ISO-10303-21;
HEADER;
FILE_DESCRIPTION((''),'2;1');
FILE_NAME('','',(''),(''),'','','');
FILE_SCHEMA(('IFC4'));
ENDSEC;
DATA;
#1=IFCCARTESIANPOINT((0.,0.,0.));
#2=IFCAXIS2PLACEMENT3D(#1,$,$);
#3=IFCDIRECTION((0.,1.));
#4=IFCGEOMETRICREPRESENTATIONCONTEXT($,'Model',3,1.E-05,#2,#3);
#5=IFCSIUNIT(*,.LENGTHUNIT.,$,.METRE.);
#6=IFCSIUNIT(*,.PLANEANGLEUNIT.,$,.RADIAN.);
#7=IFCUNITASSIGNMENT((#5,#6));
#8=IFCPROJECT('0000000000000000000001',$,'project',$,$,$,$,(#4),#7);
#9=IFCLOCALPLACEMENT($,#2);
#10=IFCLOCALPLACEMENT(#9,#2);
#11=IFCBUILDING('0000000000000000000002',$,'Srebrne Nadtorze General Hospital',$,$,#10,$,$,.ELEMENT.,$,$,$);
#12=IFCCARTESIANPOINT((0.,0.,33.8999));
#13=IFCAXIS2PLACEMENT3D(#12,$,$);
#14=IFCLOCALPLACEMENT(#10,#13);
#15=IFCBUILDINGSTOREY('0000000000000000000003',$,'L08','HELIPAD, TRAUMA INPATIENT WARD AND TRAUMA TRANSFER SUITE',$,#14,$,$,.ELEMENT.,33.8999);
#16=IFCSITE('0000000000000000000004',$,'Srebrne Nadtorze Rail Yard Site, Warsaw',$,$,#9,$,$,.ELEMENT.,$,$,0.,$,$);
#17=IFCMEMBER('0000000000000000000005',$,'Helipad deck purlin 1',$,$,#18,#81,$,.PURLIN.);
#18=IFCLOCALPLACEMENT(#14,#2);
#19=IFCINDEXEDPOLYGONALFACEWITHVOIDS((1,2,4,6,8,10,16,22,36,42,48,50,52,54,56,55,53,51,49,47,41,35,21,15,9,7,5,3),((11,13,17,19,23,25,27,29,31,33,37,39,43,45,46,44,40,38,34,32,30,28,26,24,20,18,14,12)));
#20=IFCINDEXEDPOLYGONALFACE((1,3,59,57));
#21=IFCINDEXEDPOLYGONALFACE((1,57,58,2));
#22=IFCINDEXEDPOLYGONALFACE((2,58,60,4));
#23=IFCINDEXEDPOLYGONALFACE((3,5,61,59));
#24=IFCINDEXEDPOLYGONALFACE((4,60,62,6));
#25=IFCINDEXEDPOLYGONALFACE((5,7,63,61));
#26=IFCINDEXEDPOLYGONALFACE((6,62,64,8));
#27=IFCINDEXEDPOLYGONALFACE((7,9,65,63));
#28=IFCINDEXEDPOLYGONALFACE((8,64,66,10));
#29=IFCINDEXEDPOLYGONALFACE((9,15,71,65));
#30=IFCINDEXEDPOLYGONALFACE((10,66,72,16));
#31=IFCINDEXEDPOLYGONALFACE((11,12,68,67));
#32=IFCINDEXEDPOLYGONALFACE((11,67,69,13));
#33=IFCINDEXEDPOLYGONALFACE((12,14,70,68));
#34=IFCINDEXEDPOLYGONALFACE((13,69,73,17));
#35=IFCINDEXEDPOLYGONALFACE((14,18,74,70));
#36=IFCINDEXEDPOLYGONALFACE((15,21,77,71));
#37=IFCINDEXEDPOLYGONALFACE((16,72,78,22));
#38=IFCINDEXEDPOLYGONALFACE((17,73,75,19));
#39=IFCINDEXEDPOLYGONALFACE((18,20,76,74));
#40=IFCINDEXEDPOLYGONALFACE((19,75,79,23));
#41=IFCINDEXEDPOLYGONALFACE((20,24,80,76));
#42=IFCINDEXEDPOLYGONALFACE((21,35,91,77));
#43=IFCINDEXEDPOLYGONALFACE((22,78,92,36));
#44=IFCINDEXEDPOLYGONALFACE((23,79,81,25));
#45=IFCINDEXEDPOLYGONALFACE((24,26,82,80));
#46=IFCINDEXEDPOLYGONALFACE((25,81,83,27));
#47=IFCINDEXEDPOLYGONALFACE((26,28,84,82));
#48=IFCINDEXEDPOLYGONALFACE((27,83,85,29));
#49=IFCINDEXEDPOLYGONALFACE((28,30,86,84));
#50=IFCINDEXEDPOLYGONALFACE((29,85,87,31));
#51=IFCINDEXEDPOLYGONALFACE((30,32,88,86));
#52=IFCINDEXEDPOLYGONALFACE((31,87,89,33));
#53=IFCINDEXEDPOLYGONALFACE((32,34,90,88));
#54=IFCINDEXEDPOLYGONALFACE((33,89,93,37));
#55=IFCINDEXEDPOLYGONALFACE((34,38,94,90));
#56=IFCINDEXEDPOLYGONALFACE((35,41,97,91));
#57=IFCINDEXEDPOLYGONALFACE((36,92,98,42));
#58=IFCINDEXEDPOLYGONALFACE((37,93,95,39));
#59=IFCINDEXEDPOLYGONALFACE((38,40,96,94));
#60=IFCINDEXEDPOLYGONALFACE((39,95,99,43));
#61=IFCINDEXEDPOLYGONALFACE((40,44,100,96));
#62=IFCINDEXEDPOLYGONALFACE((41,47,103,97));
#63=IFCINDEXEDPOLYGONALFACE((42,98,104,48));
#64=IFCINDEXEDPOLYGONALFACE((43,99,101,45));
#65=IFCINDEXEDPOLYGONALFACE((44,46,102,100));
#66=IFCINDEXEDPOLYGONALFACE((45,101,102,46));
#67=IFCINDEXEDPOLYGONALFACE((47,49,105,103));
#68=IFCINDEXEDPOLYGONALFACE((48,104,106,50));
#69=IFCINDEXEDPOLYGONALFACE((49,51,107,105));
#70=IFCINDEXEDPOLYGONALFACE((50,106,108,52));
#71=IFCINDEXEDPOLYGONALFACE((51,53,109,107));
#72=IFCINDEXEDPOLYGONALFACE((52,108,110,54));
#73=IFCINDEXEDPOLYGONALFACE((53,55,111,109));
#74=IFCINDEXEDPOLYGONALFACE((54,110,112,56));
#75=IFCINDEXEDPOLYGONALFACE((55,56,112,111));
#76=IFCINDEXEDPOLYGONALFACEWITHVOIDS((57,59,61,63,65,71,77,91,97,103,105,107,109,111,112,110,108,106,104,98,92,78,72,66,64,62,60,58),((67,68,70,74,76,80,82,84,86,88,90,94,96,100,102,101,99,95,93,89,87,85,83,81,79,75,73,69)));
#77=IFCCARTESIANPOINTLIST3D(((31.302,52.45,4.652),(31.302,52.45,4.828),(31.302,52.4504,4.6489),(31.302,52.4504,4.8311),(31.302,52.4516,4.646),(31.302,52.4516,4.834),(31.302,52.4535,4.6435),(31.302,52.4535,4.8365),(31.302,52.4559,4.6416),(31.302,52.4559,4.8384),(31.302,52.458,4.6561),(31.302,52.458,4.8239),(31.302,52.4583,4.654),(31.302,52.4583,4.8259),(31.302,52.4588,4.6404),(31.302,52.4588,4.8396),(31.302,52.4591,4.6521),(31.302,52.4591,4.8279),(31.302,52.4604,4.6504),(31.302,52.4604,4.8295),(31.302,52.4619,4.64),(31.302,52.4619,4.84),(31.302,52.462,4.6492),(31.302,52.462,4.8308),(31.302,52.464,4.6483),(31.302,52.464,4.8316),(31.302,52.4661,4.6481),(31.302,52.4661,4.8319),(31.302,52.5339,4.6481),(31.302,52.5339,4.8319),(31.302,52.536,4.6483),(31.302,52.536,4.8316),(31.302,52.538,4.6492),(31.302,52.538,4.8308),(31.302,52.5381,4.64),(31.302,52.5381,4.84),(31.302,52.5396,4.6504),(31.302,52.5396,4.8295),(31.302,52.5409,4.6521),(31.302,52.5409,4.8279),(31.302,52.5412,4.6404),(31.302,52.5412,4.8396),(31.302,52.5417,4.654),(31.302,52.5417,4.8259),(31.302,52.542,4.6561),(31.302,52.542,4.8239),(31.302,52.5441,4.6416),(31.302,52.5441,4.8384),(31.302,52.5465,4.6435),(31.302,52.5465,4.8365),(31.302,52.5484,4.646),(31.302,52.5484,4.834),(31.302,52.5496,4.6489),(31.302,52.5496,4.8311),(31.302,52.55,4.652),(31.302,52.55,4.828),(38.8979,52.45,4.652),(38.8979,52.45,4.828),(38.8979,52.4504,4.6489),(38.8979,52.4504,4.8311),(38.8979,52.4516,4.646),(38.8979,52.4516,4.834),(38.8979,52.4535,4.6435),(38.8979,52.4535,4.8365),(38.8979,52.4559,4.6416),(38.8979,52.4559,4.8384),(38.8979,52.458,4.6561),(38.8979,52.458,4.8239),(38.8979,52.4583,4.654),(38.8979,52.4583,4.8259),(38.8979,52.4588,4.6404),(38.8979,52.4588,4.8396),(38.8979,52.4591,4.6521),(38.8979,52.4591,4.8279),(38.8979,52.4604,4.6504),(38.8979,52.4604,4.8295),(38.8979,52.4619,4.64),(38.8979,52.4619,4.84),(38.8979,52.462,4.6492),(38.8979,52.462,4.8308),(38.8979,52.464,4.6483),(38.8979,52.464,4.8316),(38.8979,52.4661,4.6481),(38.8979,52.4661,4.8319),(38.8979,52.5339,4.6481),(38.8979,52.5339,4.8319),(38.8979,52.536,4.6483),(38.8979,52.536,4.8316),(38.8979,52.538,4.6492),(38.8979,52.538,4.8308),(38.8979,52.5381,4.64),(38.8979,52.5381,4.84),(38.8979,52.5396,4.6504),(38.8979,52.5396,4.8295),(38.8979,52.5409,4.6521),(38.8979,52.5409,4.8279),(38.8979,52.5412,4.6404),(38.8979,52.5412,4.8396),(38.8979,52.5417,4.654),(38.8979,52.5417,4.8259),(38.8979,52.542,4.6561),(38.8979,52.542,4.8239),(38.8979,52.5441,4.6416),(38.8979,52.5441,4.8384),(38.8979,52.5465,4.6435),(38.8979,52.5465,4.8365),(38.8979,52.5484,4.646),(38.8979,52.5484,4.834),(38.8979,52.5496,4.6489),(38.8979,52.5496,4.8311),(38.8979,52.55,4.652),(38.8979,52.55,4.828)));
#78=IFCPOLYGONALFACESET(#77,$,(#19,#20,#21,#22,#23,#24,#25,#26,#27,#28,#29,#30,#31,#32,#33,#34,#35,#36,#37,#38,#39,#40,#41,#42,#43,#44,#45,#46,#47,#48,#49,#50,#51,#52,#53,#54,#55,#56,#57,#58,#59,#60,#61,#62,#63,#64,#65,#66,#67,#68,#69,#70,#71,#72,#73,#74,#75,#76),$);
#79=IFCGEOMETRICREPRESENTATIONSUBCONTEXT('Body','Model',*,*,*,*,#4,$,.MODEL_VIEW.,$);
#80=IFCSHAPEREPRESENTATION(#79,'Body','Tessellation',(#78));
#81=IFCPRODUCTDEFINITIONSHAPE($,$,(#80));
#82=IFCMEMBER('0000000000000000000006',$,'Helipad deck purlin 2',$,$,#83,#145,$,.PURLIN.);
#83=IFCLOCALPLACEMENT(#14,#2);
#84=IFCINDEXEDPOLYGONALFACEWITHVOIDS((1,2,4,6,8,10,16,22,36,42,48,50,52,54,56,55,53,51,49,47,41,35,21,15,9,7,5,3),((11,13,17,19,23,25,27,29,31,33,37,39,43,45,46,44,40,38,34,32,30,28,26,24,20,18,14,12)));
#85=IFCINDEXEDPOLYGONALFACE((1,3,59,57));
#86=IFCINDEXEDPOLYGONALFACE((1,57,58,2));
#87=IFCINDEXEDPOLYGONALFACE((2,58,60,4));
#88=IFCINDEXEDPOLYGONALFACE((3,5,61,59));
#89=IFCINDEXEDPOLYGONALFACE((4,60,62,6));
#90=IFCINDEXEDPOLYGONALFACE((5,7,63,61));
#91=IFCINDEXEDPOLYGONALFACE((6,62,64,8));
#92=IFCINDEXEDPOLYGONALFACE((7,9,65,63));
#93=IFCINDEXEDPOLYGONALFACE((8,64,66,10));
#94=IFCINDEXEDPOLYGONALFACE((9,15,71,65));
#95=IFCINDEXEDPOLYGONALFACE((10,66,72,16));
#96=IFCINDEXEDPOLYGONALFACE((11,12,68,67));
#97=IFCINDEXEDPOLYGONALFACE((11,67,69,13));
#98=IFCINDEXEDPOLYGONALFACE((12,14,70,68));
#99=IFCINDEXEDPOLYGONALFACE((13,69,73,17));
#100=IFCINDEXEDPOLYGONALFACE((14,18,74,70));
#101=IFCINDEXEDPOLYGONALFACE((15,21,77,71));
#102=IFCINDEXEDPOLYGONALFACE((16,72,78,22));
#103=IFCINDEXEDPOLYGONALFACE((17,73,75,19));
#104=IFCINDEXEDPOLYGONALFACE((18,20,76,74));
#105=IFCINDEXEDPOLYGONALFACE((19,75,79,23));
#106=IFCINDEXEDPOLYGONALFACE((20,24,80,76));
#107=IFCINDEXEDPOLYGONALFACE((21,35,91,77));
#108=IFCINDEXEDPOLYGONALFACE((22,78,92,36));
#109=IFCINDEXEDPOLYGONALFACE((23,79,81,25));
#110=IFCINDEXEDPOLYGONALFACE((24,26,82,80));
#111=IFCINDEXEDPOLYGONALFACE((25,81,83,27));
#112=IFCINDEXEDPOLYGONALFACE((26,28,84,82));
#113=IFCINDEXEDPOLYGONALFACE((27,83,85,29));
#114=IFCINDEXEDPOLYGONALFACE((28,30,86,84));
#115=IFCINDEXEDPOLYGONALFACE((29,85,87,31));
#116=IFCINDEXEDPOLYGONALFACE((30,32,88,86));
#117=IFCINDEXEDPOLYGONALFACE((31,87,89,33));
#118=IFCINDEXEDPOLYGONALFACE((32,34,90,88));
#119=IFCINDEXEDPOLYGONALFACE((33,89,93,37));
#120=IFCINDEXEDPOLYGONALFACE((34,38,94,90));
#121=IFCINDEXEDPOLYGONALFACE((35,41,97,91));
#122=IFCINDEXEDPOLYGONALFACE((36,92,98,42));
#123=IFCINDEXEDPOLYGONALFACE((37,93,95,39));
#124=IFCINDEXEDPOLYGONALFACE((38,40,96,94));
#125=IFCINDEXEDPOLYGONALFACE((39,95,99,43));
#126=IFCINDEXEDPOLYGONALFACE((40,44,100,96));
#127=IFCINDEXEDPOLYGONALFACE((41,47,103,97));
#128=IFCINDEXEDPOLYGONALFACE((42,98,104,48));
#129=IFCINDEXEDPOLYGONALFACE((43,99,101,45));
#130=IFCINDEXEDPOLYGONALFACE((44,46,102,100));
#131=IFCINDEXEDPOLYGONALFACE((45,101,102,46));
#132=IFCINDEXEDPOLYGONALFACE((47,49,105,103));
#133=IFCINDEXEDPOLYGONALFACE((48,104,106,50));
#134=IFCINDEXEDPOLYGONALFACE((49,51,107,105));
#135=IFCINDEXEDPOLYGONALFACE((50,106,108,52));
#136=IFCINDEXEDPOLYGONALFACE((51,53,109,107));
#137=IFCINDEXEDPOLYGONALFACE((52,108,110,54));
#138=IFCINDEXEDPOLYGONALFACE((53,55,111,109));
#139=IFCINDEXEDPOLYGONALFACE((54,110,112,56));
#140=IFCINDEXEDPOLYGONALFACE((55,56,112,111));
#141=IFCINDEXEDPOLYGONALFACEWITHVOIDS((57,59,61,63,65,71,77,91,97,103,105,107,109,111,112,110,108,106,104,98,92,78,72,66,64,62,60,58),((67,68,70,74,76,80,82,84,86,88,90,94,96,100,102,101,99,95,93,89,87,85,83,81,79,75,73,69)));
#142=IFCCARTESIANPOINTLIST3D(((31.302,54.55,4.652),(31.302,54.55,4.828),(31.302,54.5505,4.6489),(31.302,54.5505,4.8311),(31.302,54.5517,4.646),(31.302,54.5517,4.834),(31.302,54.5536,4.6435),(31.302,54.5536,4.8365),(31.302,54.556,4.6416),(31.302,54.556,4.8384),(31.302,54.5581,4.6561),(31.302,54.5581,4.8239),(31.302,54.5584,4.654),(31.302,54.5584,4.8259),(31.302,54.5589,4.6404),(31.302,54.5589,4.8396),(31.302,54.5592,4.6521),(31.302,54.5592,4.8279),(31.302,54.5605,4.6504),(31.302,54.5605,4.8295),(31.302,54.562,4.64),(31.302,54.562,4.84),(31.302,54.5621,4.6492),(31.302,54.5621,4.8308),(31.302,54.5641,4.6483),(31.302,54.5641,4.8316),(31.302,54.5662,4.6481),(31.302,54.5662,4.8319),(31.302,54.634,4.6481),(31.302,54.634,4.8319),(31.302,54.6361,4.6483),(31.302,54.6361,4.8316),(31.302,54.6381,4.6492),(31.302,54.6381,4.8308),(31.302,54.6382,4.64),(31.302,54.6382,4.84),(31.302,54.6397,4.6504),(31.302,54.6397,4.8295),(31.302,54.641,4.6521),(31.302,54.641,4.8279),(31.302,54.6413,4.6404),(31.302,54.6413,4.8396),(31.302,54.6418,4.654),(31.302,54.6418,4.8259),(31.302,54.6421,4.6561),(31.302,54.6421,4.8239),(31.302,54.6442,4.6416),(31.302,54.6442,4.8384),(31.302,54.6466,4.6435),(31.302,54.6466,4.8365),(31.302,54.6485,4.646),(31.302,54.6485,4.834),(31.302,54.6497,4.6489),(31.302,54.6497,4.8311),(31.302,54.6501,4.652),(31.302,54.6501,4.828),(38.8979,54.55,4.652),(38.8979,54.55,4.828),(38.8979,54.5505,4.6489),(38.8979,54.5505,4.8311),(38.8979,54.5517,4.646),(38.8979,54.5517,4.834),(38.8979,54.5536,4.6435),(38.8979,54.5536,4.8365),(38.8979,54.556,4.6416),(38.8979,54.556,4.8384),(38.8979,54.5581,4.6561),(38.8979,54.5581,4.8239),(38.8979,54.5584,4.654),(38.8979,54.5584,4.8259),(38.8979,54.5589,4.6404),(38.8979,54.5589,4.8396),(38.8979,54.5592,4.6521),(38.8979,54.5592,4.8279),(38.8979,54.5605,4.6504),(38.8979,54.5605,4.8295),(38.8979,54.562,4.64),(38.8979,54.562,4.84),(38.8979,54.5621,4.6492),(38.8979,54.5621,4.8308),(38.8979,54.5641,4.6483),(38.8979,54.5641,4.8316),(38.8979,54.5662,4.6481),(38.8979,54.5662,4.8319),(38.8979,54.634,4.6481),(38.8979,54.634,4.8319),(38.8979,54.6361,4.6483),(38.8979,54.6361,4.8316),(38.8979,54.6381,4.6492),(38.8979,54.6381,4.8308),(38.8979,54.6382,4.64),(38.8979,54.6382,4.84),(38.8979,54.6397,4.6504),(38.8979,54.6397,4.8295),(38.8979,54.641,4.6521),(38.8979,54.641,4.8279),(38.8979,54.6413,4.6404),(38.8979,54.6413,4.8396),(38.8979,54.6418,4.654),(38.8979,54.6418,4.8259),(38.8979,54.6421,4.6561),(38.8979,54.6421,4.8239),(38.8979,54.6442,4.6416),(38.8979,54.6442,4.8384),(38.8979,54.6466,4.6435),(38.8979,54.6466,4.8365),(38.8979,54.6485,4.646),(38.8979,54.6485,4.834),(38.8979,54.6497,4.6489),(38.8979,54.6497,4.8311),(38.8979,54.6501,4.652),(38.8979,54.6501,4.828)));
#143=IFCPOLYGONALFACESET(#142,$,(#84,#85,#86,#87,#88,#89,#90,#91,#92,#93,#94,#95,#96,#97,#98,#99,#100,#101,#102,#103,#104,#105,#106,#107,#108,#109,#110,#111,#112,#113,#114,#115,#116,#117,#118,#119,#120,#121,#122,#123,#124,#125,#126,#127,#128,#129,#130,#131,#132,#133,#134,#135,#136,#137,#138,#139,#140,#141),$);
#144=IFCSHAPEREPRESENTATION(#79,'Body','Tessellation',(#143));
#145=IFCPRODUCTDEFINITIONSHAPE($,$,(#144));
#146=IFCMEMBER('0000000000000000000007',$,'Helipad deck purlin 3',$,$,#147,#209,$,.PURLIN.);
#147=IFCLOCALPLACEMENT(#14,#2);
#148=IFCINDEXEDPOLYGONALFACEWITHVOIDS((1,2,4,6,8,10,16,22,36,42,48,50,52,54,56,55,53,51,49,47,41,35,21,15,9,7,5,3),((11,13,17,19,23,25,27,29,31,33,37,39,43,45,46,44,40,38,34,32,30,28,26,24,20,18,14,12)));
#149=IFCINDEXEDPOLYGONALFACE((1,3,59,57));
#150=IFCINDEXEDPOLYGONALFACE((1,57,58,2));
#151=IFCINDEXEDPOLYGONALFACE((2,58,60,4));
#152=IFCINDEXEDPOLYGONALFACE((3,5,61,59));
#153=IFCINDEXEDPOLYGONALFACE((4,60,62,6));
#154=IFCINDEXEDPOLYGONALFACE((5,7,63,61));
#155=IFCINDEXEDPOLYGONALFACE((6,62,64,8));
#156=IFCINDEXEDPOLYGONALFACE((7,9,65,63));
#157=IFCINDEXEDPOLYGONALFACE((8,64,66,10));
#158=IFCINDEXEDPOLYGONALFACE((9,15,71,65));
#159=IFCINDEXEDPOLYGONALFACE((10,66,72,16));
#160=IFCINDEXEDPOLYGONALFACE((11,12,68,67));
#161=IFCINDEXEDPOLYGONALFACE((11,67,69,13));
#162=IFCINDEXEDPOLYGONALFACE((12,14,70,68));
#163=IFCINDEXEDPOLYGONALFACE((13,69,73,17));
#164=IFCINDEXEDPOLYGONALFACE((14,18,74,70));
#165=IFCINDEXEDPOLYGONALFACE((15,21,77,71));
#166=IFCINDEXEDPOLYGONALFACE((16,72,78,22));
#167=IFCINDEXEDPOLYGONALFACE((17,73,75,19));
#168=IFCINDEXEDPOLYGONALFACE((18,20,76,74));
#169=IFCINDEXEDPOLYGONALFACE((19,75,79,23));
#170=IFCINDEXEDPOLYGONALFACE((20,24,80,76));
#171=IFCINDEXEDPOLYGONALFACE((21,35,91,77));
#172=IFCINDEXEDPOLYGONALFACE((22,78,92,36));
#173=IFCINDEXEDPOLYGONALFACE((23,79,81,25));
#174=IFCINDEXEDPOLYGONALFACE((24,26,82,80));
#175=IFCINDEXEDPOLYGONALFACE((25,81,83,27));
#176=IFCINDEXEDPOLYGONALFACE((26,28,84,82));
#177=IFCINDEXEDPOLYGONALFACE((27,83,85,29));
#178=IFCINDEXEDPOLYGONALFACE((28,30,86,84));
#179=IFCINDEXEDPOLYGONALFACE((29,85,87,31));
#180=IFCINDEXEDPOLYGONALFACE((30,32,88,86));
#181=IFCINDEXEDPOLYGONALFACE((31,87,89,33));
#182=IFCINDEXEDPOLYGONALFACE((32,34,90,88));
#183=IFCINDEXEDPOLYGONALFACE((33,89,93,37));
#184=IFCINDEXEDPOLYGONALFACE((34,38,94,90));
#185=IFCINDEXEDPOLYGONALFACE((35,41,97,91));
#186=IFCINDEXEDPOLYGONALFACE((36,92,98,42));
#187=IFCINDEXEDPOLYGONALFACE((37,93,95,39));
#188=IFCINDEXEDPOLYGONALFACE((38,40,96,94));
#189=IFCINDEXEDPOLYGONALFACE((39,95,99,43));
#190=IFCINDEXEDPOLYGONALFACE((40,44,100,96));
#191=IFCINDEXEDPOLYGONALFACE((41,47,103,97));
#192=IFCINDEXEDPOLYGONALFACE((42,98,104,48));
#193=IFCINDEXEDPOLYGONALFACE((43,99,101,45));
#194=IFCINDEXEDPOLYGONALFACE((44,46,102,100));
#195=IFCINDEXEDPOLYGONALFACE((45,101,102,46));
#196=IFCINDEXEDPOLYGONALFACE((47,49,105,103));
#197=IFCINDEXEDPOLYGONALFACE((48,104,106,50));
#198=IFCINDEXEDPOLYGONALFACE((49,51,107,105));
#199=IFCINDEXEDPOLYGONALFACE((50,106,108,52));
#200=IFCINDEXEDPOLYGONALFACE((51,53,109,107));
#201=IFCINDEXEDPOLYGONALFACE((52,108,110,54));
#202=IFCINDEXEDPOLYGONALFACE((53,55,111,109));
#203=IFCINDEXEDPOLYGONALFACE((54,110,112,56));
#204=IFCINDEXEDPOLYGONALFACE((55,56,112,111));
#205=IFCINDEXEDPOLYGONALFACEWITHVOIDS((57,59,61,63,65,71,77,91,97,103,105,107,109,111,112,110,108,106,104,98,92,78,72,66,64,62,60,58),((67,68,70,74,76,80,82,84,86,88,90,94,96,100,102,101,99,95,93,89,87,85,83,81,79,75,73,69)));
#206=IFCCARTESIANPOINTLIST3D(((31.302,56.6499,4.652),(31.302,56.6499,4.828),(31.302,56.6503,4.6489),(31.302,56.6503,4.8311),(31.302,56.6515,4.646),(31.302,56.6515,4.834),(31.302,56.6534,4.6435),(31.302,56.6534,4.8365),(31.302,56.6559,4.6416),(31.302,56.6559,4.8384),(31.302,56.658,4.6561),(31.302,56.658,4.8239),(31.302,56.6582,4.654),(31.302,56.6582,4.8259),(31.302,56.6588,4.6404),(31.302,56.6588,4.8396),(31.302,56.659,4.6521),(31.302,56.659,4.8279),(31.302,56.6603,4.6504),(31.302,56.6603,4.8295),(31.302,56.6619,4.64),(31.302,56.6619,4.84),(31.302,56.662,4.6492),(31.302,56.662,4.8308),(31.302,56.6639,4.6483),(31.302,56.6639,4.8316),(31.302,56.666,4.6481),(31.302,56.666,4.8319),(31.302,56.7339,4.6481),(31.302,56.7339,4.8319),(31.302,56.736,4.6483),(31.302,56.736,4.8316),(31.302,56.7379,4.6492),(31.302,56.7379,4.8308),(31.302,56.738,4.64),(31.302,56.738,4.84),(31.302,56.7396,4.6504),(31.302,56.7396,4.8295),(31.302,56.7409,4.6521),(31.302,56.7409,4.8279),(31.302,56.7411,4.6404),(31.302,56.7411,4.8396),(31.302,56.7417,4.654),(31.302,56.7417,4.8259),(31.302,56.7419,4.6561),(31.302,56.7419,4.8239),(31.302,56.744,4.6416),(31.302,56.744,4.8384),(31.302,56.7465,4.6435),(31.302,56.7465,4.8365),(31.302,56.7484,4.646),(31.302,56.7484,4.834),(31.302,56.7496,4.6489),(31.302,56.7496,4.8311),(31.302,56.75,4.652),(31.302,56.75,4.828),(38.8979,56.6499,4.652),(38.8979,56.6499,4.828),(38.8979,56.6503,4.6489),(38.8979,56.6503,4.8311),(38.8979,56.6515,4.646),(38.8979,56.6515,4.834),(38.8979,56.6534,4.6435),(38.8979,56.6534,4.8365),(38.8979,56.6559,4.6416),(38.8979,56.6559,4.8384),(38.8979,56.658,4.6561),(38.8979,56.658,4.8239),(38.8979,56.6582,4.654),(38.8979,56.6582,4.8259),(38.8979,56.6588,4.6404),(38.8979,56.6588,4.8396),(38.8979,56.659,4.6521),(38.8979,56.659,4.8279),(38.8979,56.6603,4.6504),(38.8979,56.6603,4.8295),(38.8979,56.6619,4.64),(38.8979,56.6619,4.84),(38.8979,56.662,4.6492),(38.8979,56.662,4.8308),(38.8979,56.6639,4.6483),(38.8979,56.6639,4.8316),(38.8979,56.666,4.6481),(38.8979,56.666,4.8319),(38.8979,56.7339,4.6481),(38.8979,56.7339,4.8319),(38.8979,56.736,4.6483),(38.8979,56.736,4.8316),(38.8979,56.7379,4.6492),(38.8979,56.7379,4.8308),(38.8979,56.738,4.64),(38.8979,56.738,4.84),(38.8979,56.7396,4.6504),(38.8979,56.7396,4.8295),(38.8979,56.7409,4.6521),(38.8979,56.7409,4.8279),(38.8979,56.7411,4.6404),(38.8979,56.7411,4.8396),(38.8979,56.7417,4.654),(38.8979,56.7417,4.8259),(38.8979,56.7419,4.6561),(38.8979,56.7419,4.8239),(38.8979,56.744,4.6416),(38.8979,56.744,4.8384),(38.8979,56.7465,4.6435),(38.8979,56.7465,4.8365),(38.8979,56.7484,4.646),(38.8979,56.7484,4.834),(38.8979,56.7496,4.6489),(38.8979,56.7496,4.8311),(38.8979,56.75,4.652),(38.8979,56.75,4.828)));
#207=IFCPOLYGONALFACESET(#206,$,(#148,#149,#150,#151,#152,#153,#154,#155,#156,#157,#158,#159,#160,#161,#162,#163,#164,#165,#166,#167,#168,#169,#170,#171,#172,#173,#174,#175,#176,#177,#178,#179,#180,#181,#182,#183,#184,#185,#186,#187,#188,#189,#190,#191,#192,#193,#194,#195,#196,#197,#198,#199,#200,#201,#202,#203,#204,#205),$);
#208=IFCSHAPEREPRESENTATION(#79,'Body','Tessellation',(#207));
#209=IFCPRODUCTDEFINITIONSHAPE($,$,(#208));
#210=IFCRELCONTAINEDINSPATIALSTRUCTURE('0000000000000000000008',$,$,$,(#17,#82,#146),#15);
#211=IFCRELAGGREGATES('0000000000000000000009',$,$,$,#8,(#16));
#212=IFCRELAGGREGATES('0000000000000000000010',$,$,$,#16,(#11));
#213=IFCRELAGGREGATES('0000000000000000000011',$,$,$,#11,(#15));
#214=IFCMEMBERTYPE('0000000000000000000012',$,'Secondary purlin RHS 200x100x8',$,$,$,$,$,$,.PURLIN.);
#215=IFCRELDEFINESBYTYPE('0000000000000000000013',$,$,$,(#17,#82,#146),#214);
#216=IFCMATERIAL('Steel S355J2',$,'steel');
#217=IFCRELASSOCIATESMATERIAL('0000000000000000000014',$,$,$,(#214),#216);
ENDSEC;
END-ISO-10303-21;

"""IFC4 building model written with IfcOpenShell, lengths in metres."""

from ifc_helpers import new_model, si_unit, direction, frame, origin, origin_2d, place, context, subcontext, project, spatial, hollow_rectangle, extrude, material, material_profile, profile_set, type_object, element, save


model = new_model("IFC4")

# Units and contexts
model_context = context("Model", 3, precision=1e-05, world=origin(), true_north=direction((0.0, 1.0)))
body_context = subcontext(model_context, "Body", "Model", "MODEL_VIEW")
ifc_project = project(units=[si_unit("LENGTHUNIT", "METRE"), si_unit("PLANEANGLEUNIT", "RADIAN")], contexts=[model_context])

# Site, building, storey
site_placement = place(None, origin())
site = spatial("IfcSite", under=ifc_project, at=site_placement, Name="Srebrne Nadtorze Rail Yard Site, Warsaw", CompositionType="ELEMENT", RefElevation=0.0)
building_placement = place(site_placement, origin())
building = spatial("IfcBuilding", under=site, at=building_placement, Name="Srebrne Nadtorze General Hospital", CompositionType="ELEMENT")
storey_placement = place(building_placement, frame((0.0, 0.0, 33.8999)))
storey = spatial("IfcBuildingStorey", under=building, at=storey_placement, Name="L08", Description="HELIPAD, TRAUMA INPATIENT WARD AND TRAUMA TRANSFER SUITE", CompositionType="ELEMENT", Elevation=33.8999)

# Members
ifc_material_1 = material(Name="Steel S355J2", Category="steel")
ifc_material_profile_1 = material_profile(ifc_material_1, hollow_rectangle(XDim=0.1001, YDim=0.2, WallThickness=0.0081, InnerFilletRadius=0.0081, OuterFilletRadius=0.012, at=origin_2d()), Name="RHS-200x100x8")
ifc_profile_set_1 = profile_set([ifc_material_profile_1], Name="Steel S355J2")
member_type_1 = type_object("IfcMemberType", Name="Secondary purlin RHS 200x100x8", PredefinedType="PURLIN", material=ifc_profile_set_1)
for number, where, z_axis, x_axis, name in (
    (1, (31.302, 52.5, 4.74), (1.0, 0.0, 0.0), (0.0, 1.0, 0.0), "Helipad deck purlin 1"),
    (2, (31.302, 54.6001, 4.74), (1.0, 0.0, 0.0), (0.0, 1.0, 0.0), "Helipad deck purlin 2"),
    (3, (31.302, 56.7, 4.74), (1.0, 0.0, 0.0), (0.0, 1.0, 0.0), "Helipad deck purlin 3"),
):
    element("IfcMember", number, at=place(storey_placement, frame(where, z_axis=z_axis, x_axis=x_axis)), inside=storey, type_object=member_type_1, Name=name, PredefinedType="PURLIN", context=body_context, shape_type="SweptSolid", body=[
        extrude(hollow_rectangle(XDim=0.1001, YDim=0.2, WallThickness=0.0081, InnerFilletRadius=0.0081, OuterFilletRadius=0.012, at=origin_2d()), origin(), (0.0, 0.0, 1.0), 7.5959),
    ])

save(model, "model.ifc")
